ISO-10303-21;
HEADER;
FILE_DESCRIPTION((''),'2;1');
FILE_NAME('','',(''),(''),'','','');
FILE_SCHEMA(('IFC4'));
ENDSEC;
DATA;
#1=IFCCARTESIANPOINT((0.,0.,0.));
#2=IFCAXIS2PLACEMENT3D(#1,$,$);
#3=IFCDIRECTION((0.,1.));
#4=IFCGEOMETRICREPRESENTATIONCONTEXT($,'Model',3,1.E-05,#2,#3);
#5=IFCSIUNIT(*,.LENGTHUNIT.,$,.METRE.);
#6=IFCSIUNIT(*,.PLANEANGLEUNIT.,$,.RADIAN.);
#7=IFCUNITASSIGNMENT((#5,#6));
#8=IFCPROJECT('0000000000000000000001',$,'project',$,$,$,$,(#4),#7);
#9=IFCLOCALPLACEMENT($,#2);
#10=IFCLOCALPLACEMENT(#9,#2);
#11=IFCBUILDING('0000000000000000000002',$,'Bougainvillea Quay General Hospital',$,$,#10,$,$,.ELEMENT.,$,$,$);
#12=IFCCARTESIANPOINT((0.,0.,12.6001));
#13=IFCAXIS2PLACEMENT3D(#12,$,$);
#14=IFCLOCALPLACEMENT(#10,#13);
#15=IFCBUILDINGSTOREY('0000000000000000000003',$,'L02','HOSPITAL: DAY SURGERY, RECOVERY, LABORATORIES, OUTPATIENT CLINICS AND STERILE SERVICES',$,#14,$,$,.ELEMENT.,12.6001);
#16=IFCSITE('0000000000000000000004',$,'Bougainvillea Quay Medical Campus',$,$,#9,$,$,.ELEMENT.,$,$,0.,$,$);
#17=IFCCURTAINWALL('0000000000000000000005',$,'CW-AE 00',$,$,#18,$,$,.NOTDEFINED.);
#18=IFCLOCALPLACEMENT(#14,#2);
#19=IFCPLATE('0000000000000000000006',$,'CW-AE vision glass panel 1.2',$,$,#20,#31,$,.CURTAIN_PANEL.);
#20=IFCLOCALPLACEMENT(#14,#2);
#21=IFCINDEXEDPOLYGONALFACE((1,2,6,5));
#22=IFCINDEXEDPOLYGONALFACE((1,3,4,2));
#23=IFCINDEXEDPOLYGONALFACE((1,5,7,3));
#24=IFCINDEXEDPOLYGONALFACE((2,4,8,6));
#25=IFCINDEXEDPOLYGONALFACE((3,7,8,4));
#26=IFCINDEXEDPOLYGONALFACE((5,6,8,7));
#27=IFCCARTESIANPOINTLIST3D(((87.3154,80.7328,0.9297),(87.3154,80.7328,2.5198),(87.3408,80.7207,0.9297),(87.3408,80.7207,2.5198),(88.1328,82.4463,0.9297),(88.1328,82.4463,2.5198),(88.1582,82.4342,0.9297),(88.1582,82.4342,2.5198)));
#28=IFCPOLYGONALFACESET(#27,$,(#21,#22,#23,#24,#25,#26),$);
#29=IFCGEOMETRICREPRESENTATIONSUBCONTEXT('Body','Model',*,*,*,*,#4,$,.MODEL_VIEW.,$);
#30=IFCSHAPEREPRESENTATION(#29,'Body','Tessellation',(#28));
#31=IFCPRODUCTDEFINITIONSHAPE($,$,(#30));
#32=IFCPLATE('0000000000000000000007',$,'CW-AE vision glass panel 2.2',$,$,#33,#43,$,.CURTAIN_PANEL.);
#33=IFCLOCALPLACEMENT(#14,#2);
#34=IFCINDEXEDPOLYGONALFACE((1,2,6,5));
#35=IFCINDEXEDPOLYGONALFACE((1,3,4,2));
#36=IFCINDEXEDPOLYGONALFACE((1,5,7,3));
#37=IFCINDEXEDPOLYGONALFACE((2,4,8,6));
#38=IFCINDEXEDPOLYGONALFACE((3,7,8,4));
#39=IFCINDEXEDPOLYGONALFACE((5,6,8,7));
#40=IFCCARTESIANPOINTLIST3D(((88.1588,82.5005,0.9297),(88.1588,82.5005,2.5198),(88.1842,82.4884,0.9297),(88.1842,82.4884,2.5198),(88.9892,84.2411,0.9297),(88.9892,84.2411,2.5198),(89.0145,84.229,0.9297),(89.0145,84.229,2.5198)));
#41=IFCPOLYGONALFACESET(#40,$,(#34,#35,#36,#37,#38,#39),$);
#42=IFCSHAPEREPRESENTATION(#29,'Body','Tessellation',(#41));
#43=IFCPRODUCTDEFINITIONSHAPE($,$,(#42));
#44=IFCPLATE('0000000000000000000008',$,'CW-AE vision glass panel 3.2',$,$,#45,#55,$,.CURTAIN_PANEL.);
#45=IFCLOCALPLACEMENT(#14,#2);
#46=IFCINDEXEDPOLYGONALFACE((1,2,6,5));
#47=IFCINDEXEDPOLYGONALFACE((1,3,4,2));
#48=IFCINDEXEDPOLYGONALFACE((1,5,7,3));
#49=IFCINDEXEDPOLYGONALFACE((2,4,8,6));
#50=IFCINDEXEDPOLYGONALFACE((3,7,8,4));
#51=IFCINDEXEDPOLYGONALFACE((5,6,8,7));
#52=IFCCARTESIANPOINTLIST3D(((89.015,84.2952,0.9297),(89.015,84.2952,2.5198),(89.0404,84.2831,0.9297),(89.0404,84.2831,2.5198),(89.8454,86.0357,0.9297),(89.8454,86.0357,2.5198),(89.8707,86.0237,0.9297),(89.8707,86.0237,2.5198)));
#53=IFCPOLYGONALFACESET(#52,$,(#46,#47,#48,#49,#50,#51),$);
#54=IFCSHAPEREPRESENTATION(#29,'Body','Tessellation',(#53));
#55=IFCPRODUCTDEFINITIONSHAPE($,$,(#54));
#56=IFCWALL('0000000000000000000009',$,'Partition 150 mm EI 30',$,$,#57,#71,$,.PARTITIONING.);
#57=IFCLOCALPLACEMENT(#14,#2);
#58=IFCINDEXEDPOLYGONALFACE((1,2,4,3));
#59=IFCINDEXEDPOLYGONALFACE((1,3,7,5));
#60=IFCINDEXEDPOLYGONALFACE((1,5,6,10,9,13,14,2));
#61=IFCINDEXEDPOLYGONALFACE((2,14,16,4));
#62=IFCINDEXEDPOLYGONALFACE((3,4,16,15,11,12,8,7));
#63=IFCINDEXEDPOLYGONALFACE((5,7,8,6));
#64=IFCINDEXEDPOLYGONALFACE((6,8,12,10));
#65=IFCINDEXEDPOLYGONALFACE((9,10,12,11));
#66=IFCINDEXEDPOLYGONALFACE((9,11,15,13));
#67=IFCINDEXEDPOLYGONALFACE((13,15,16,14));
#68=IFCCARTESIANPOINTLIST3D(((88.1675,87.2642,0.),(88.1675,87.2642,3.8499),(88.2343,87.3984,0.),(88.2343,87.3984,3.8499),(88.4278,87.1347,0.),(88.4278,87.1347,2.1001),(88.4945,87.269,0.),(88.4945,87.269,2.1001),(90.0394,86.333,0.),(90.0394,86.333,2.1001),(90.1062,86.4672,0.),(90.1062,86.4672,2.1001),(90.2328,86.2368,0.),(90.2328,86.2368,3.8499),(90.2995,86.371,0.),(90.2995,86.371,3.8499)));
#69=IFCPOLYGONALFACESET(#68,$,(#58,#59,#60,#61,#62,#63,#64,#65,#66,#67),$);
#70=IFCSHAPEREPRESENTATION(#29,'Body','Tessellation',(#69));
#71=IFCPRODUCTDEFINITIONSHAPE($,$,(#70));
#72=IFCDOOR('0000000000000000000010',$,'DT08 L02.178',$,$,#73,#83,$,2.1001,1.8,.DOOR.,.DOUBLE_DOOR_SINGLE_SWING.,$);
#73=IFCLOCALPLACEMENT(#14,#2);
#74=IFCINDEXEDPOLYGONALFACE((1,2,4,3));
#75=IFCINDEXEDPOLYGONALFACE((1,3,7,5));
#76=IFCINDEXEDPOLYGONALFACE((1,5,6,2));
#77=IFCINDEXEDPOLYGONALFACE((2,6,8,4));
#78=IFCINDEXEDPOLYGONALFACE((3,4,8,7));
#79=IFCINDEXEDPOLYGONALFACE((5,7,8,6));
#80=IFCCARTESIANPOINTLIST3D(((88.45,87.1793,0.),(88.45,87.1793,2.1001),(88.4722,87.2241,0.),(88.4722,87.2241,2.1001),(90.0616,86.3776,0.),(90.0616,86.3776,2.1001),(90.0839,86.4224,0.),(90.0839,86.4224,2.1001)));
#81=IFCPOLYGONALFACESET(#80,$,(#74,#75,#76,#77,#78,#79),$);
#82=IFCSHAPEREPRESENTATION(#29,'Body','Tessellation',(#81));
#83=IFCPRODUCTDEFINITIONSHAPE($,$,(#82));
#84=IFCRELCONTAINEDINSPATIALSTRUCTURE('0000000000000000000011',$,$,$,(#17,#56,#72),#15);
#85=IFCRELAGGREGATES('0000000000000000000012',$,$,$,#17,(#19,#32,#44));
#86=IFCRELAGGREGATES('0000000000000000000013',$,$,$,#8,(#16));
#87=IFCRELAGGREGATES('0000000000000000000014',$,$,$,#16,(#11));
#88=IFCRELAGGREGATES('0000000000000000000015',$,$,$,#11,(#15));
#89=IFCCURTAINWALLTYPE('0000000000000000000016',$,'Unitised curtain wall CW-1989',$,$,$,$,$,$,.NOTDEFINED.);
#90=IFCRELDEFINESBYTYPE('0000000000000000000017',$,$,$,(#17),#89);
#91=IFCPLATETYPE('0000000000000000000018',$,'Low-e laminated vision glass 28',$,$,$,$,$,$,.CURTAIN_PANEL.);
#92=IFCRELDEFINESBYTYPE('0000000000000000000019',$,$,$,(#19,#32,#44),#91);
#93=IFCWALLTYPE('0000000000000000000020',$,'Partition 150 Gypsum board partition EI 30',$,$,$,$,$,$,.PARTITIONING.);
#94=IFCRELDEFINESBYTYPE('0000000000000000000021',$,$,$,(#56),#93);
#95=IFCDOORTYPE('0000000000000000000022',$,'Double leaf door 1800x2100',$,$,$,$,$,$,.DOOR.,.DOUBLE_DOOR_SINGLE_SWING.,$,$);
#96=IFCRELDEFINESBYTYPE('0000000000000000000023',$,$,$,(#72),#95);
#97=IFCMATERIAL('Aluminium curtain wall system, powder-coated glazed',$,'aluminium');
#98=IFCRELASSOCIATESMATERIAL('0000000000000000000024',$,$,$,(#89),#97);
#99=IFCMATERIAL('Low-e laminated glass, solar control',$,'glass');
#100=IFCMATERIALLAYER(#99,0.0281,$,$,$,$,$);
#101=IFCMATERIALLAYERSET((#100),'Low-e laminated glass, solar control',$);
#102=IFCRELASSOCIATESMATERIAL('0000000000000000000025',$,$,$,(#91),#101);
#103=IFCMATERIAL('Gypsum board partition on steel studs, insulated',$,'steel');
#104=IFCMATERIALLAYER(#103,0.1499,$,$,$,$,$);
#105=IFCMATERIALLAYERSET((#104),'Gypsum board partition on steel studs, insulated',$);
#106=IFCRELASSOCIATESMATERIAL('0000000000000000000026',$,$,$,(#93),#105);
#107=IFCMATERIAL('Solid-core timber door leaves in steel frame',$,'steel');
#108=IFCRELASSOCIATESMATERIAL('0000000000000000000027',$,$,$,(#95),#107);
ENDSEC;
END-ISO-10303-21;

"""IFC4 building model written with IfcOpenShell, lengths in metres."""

from ifc_helpers import new_model, si_unit, direction, frame, frame_2d, origin, origin_2d, place, context, subcontext, project, spatial, rectangle, extrude, material, layer, layer_set, type_object, element, fill, aggregate, save


model = new_model("IFC4")

# Units and contexts
model_context = context("Model", 3, precision=1e-05, world=origin(), true_north=direction((0.0, 1.0)))
body_context = subcontext(model_context, "Body", "Model", "MODEL_VIEW")
ifc_project = project(units=[si_unit("LENGTHUNIT", "METRE"), si_unit("PLANEANGLEUNIT", "RADIAN")], contexts=[model_context])

# Site, building, storey
site_placement = place(None, origin())
site = spatial("IfcSite", under=ifc_project, at=site_placement, Name="Bougainvillea Quay Medical Campus", CompositionType="ELEMENT", RefElevation=0.0)
building_placement = place(site_placement, origin())
building = spatial("IfcBuilding", under=site, at=building_placement, Name="Bougainvillea Quay General Hospital", CompositionType="ELEMENT")
storey_placement = place(building_placement, frame((0.0, 0.0, 12.6001)))
storey = spatial("IfcBuildingStorey", under=building, at=storey_placement, Name="L02", Description="HOSPITAL: DAY SURGERY, RECOVERY, LABORATORIES, OUTPATIENT CLINICS AND STERILE SERVICES", CompositionType="ELEMENT", Elevation=12.6001)

# Shared definitions
ifc_material_1 = material(Name="Aluminium curtain wall system, powder-coated glazed", Category="aluminium")

# Curtain wall
curtain_wall_type_1 = type_object("IfcCurtainWallType", Name="Unitised curtain wall CW-1989", PredefinedType="NOTDEFINED", material=ifc_material_1)
curtain_wall_1_placement = place(storey_placement, origin())
curtain_wall_1 = element("IfcCurtainWall", 1, at=curtain_wall_1_placement, inside=storey, type_object=curtain_wall_type_1, Name="CW-AE 00", PredefinedType="NOTDEFINED")

# Plates
ifc_material_2 = material(Name="Low-e laminated glass, solar control", Category="glass")
ifc_layer_1 = layer(ifc_material_2, 0.0281)
ifc_layer_set_1 = layer_set([ifc_layer_1], Name="Low-e laminated glass, solar control")
plate_type_1 = type_object("IfcPlateType", Name="Low-e laminated vision glass 28", PredefinedType="CURTAIN_PANEL", material=ifc_layer_set_1)
plate_1_placement = place(storey_placement, frame((87.7368, 81.5835, 0.9297), z_axis=(0.0, 0.0, 1.0), x_axis=(0.430563, 0.902561, 0.0)))
plate_1 = element("IfcPlate", 2, at=plate_1_placement, type_object=plate_type_1, Name="CW-AE vision glass panel 1.2", PredefinedType="CURTAIN_PANEL", context=body_context, shape_type="SweptSolid", body=[
    extrude(rectangle(XDim=1.8984, YDim=0.0281, at=origin_2d()), origin(), (0.0, 0.0, 1.0), 1.5901),
])
plate_2_placement = place(storey_placement, frame((88.5867, 83.3647, 0.9297), z_axis=(0.0, 0.0, 1.0), x_axis=(0.430563, 0.902561, 0.0)))
plate_2 = element("IfcPlate", 3, at=plate_2_placement, type_object=plate_type_1, Name="CW-AE vision glass panel 2.2", PredefinedType="CURTAIN_PANEL", context=body_context, shape_type="SweptSolid", body=[
    extrude(rectangle(XDim=1.9285, YDim=0.0281, at=origin_2d()), origin(), (0.0, 0.0, 1.0), 1.5901),
])
plate_3_placement = place(storey_placement, frame((89.4429, 85.1594, 0.9297), z_axis=(0.0, 0.0, 1.0), x_axis=(0.430563, 0.902561, 0.0)))
plate_3 = element("IfcPlate", 4, at=plate_3_placement, type_object=plate_type_1, Name="CW-AE vision glass panel 3.2", PredefinedType="CURTAIN_PANEL", context=body_context, shape_type="SweptSolid", body=[
    extrude(rectangle(XDim=1.9285, YDim=0.0281, at=origin_2d()), origin(), (0.0, 0.0, 1.0), 1.5901),
])
aggregate(curtain_wall_1, [plate_1, plate_2, plate_3])

# Wall, opening, door
ifc_material_3 = material(Name="Gypsum board partition on steel studs, insulated", Category="steel")
ifc_layer_2 = layer(ifc_material_3, 0.1499)
ifc_layer_set_2 = layer_set([ifc_layer_2], Name="Gypsum board partition on steel studs, insulated")
wall_type = type_object("IfcWallType", Name="Partition 150 Gypsum board partition EI 30", PredefinedType="PARTITIONING", material=ifc_layer_set_2)
wall_placement = place(storey_placement, frame((88.2009, 87.3313, 0.0), z_axis=(0.0, 0.0, 1.0), x_axis=(0.895336, -0.445392, 0.0)))
wall = element("IfcWall", 5, at=wall_placement, inside=storey, type_object=wall_type, Name="Partition 150 mm EI 30", PredefinedType="PARTITIONING", context=body_context, shape_type="SweptSolid", body=[
    extrude(rectangle(XDim=2.3066, YDim=0.1499, at=frame_2d((1.1533, 0.0))), origin(), (0.0, 0.0, 1.0), 3.8499),
])
opening_placement = place(wall_placement, frame((0.2908, 0.0, 0.0)))
opening = element("IfcOpeningElement", 6, at=opening_placement, cuts=wall, PredefinedType="OPENING", context=body_context, shape_type="SweptSolid", body=[
    extrude(rectangle(XDim=1.8, YDim=2.1001, at=frame_2d((0.8999, 1.05))), frame((0.0, 0.085, 0.0), z_axis=(0.0, -1.0, 0.0), x_axis=(1.0, 0.0, 0.0)), (0.0, 0.0, 1.0), 0.1699),
])
ifc_material_4 = material(Name="Solid-core timber door leaves in steel frame", Category="steel")
door_type = type_object("IfcDoorType", Name="Double leaf door 1800x2100", OperationType="DOUBLE_DOOR_SINGLE_SWING", PredefinedType="DOOR", material=ifc_material_4)
door_placement = place(opening_placement, origin())
door = element("IfcDoor", 7, at=door_placement, inside=storey, type_object=door_type, Name="DT08 L02.178", OperationType="DOUBLE_DOOR_SINGLE_SWING", OverallHeight=2.1001, OverallWidth=1.8, PredefinedType="DOOR", context=body_context, shape_type="SweptSolid", body=[
    extrude(rectangle(XDim=1.8, YDim=2.1001, at=frame_2d((0.8999, 1.05))), frame((0.0, 0.0249, 0.0), z_axis=(0.0, -1.0, 0.0), x_axis=(1.0, 0.0, 0.0)), (0.0, 0.0, 1.0), 0.05),
])
fill(opening, door)

save(model, "model.ifc")
